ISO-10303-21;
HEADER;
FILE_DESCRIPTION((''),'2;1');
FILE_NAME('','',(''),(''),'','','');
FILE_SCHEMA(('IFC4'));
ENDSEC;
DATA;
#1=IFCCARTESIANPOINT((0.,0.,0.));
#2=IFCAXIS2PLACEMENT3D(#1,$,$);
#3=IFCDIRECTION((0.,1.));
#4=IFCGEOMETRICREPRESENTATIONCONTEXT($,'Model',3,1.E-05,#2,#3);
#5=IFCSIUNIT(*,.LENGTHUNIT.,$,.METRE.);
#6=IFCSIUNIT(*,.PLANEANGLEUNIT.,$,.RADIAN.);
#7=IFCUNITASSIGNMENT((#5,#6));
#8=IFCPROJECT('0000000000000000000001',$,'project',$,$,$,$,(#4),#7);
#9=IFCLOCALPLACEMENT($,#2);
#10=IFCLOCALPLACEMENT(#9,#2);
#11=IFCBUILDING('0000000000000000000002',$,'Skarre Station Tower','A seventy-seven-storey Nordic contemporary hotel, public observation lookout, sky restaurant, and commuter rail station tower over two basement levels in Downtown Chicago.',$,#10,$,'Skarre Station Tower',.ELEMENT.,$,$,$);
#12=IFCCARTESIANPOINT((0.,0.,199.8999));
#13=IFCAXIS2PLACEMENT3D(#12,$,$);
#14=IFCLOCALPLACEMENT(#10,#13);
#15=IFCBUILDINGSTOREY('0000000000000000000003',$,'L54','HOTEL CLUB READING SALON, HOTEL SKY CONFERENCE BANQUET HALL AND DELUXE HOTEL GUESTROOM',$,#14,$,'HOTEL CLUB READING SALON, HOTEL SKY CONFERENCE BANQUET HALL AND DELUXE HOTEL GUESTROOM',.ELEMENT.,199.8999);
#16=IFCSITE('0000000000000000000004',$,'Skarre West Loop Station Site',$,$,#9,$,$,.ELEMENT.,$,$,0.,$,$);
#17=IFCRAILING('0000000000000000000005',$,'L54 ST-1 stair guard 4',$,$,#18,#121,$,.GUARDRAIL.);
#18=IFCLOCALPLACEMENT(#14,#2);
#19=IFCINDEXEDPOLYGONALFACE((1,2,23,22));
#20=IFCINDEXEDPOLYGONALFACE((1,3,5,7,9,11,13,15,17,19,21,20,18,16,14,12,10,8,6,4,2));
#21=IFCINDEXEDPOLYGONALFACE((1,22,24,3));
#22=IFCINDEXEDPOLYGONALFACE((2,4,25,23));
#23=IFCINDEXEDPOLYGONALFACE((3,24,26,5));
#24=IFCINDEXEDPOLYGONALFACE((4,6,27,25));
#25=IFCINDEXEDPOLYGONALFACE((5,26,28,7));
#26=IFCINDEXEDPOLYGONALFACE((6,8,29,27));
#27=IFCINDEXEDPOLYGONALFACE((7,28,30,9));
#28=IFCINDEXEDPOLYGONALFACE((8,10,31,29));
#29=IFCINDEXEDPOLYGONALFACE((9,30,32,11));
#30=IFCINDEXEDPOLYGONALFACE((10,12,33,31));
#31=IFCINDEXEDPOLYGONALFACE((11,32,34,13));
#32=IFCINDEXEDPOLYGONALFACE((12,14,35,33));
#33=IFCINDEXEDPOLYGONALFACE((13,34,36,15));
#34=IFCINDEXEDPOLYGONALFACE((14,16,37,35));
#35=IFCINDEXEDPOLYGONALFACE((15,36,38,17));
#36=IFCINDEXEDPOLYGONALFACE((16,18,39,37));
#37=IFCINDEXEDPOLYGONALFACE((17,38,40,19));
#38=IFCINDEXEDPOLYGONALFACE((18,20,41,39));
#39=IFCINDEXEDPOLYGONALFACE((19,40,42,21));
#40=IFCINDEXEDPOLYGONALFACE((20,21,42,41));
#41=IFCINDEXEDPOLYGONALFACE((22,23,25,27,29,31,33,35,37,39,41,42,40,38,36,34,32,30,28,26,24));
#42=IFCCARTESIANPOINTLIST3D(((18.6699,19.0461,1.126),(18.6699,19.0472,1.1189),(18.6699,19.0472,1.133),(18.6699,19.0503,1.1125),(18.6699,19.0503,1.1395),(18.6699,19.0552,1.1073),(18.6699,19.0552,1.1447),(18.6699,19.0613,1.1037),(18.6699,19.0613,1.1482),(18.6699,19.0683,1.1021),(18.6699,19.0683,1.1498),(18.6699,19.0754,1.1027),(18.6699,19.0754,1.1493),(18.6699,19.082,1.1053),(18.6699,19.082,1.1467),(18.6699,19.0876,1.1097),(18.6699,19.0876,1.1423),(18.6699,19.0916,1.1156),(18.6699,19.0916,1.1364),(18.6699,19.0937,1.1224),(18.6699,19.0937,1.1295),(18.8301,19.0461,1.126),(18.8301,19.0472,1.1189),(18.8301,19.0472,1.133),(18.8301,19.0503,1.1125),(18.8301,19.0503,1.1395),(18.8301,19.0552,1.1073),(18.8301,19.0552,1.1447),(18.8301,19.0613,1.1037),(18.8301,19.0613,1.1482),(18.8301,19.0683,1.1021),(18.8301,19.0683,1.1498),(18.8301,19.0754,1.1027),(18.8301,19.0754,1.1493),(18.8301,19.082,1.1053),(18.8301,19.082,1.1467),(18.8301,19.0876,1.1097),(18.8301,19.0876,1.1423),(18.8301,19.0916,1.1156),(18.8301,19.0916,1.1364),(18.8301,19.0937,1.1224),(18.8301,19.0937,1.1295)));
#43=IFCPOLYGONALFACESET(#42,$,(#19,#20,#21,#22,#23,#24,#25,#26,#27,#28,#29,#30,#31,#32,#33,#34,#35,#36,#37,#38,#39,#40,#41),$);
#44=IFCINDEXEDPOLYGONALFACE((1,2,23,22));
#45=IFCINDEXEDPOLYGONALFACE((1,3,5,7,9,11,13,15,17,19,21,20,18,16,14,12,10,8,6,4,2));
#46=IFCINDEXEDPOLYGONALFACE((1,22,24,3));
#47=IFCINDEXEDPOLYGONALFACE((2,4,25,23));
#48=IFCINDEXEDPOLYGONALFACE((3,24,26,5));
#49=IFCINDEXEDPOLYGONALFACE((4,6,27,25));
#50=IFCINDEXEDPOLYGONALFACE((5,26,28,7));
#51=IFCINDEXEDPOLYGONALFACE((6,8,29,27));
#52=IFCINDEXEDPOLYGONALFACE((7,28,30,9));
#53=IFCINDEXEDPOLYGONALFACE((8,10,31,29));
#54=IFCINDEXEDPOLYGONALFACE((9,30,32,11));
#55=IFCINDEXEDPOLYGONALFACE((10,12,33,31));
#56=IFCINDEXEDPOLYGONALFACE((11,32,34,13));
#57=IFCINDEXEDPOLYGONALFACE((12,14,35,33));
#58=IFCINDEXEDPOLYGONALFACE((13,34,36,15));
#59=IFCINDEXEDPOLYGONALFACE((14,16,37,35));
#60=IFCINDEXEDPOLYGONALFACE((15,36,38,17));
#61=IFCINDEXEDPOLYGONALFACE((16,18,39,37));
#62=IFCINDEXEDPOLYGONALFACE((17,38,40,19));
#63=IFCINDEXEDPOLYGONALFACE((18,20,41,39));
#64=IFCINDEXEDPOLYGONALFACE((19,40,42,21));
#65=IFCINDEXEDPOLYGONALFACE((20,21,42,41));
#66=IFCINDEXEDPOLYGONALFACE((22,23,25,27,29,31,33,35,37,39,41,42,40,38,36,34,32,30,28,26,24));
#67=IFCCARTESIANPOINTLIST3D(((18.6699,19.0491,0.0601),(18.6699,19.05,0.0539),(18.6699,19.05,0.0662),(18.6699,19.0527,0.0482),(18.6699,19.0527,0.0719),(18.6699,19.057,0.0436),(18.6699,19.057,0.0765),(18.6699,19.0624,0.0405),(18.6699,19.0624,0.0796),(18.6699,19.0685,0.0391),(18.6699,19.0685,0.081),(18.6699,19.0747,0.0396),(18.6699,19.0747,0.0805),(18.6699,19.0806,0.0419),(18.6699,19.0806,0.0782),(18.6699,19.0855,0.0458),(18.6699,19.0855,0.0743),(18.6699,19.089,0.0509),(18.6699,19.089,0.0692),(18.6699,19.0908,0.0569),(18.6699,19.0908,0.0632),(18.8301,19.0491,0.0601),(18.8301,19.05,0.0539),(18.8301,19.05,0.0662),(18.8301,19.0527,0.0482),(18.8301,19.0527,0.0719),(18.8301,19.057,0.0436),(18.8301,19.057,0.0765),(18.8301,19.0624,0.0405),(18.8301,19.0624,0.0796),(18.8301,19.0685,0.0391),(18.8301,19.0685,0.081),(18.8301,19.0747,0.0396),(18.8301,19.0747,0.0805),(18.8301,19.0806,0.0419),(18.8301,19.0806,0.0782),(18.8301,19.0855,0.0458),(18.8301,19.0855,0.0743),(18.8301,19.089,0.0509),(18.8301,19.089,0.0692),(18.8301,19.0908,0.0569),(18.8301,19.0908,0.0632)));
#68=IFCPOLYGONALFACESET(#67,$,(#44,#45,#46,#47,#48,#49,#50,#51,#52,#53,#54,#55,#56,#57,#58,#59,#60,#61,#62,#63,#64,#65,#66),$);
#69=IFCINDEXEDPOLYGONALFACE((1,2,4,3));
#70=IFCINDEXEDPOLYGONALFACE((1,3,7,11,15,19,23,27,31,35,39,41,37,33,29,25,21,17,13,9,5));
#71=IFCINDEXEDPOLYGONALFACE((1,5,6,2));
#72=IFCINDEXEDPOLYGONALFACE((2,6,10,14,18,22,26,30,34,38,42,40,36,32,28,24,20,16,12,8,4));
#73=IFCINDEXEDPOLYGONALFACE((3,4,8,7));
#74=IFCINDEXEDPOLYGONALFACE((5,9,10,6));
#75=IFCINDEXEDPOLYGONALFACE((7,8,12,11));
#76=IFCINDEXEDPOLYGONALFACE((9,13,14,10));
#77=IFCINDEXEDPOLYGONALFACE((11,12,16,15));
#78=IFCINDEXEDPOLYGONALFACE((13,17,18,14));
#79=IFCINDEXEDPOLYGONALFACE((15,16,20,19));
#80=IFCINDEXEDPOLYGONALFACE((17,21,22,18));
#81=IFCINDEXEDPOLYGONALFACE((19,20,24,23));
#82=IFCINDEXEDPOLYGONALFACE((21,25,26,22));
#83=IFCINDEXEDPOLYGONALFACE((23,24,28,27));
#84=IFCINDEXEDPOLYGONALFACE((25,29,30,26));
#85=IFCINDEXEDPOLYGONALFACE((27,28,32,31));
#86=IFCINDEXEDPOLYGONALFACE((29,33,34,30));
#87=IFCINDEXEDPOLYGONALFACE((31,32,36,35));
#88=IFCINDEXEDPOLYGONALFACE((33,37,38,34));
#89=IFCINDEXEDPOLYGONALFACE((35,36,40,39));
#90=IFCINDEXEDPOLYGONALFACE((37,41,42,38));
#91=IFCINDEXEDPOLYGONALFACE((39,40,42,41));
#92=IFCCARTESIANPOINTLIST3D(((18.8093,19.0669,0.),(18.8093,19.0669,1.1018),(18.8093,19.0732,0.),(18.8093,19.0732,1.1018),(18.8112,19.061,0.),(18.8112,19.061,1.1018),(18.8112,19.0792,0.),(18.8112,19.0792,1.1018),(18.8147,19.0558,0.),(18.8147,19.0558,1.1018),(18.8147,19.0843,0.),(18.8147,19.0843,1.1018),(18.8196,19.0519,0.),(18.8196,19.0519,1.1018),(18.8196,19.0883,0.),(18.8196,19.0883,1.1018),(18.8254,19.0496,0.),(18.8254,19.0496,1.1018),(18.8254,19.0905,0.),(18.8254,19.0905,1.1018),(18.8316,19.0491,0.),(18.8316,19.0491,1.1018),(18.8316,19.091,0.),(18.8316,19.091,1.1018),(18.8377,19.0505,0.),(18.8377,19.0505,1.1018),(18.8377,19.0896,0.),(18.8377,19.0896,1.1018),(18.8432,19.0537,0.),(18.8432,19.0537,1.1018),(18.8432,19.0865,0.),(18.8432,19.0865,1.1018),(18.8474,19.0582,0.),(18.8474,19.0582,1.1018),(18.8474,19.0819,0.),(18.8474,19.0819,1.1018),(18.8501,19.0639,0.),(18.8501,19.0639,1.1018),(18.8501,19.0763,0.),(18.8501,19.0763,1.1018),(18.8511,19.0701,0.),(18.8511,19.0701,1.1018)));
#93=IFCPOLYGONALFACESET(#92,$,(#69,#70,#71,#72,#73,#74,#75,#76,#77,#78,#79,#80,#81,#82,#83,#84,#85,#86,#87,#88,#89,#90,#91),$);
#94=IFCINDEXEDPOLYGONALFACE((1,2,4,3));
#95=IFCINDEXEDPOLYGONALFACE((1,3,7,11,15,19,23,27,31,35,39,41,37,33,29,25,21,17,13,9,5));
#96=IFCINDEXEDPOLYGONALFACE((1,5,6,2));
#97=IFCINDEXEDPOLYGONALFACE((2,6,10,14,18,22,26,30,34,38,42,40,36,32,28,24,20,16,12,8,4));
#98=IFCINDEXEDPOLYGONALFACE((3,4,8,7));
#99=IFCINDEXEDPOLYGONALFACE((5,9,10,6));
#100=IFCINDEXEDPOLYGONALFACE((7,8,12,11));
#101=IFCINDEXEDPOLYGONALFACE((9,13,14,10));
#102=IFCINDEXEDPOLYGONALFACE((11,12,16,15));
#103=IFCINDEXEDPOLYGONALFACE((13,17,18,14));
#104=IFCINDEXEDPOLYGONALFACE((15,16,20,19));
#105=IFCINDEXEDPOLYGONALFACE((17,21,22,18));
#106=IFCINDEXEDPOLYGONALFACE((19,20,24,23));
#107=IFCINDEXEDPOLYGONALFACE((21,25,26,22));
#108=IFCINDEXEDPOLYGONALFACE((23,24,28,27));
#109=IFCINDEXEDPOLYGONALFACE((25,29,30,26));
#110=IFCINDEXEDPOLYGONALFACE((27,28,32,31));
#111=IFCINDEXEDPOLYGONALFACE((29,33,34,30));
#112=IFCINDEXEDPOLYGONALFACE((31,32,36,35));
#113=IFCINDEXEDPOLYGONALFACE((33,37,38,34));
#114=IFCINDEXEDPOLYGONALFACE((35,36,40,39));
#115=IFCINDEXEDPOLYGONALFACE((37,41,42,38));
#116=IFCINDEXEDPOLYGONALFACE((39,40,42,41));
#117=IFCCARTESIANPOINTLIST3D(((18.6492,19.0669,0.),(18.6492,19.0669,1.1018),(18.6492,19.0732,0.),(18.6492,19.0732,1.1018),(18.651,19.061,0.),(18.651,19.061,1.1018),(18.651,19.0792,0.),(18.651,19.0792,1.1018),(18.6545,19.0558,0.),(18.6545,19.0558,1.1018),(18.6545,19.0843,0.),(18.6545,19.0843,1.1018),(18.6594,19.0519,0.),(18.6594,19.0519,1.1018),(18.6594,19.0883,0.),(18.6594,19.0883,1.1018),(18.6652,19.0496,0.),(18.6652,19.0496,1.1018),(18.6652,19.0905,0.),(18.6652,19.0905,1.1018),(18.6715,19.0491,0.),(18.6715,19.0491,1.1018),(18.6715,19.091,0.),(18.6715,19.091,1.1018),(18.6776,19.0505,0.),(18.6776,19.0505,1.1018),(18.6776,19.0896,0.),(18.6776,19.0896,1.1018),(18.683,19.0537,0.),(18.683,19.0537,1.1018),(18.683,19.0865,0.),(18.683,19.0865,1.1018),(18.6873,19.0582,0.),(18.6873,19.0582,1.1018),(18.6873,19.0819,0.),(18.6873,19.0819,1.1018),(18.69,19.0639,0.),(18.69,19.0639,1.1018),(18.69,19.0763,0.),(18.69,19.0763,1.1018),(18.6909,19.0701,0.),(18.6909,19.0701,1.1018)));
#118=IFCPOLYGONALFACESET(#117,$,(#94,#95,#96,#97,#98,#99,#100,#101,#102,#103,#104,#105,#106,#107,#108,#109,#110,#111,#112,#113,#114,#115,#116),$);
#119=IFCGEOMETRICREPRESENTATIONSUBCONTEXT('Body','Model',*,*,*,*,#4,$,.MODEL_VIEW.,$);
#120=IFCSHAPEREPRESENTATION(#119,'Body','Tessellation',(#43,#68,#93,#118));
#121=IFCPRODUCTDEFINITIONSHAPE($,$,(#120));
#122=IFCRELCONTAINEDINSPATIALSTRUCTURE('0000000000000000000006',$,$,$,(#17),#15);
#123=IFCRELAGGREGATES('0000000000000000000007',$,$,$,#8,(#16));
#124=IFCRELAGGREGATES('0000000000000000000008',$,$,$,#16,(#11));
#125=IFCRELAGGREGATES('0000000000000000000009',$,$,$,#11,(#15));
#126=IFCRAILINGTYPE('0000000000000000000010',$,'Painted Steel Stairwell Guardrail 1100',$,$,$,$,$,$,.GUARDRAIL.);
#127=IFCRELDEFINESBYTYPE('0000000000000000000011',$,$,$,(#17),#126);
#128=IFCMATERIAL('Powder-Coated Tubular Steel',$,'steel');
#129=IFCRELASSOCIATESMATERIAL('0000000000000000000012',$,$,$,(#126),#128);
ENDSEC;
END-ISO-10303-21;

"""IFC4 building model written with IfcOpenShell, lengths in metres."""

from ifc_helpers import new_model, si_unit, direction, frame, origin, origin_2d, place, context, subcontext, project, spatial, circle, extrude, material, type_object, element, save


model = new_model("IFC4")

# Units and contexts
model_context = context("Model", 3, precision=1e-05, world=origin(), true_north=direction((0.0, 1.0)))
body_context = subcontext(model_context, "Body", "Model", "MODEL_VIEW")
ifc_project = project(units=[si_unit("LENGTHUNIT", "METRE"), si_unit("PLANEANGLEUNIT", "RADIAN")], contexts=[model_context])

# Site, building, storey
site_placement = place(None, origin())
site = spatial("IfcSite", under=ifc_project, at=site_placement, Name="Skarre West Loop Station Site", CompositionType="ELEMENT", RefElevation=0.0)
building_placement = place(site_placement, origin())
building = spatial("IfcBuilding", under=site, at=building_placement, Name="Skarre Station Tower", Description="A seventy-seven-storey Nordic contemporary hotel, public observation lookout, sky restaurant, and commuter rail station tower over two basement levels in Downtown Chicago.", LongName="Skarre Station Tower", CompositionType="ELEMENT")
storey_placement = place(building_placement, frame((0.0, 0.0, 199.8999)))
storey = spatial("IfcBuildingStorey", under=building, at=storey_placement, Name="L54", Description="HOTEL CLUB READING SALON, HOTEL SKY CONFERENCE BANQUET HALL AND DELUXE HOTEL GUESTROOM", LongName="HOTEL CLUB READING SALON, HOTEL SKY CONFERENCE BANQUET HALL AND DELUXE HOTEL GUESTROOM", CompositionType="ELEMENT", Elevation=199.8999)

# Railing
ifc_material_1 = material(Name="Powder-Coated Tubular Steel", Category="steel")
railing_type_1 = type_object("IfcRailingType", Name="Painted Steel Stairwell Guardrail 1100", PredefinedType="GUARDRAIL", material=ifc_material_1)
railing_1_placement = place(storey_placement, frame((18.8301, 19.0701, 0.0)))
element("IfcRailing", 1, at=railing_1_placement, inside=storey, type_object=railing_type_1, Name="L54 ST-1 stair guard 4", PredefinedType="GUARDRAIL", context=body_context, shape_type="SweptSolid", body=[
    extrude(circle(Radius=0.0239, at=origin_2d()), frame((0.0, 0.0, 1.126), z_axis=(-1.0, 0.0, 0.0), x_axis=(0.0, -1.0, 0.0)), (0.0, 0.0, 1.0), 0.1602),
    extrude(circle(Radius=0.021, at=origin_2d()), frame((0.0, 0.0, 0.0601), z_axis=(-1.0, 0.0, 0.0), x_axis=(0.0, -1.0, 0.0)), (0.0, 0.0, 1.0), 0.1602),
    extrude(circle(Radius=0.021, at=origin_2d()), origin(), (0.0, 0.0, 1.0), 1.1018),
    extrude(circle(Radius=0.021, at=origin_2d()), frame((-0.1602, 0.0, 0.0)), (0.0, 0.0, 1.0), 1.1018),
])

save(model, "model.ifc")
